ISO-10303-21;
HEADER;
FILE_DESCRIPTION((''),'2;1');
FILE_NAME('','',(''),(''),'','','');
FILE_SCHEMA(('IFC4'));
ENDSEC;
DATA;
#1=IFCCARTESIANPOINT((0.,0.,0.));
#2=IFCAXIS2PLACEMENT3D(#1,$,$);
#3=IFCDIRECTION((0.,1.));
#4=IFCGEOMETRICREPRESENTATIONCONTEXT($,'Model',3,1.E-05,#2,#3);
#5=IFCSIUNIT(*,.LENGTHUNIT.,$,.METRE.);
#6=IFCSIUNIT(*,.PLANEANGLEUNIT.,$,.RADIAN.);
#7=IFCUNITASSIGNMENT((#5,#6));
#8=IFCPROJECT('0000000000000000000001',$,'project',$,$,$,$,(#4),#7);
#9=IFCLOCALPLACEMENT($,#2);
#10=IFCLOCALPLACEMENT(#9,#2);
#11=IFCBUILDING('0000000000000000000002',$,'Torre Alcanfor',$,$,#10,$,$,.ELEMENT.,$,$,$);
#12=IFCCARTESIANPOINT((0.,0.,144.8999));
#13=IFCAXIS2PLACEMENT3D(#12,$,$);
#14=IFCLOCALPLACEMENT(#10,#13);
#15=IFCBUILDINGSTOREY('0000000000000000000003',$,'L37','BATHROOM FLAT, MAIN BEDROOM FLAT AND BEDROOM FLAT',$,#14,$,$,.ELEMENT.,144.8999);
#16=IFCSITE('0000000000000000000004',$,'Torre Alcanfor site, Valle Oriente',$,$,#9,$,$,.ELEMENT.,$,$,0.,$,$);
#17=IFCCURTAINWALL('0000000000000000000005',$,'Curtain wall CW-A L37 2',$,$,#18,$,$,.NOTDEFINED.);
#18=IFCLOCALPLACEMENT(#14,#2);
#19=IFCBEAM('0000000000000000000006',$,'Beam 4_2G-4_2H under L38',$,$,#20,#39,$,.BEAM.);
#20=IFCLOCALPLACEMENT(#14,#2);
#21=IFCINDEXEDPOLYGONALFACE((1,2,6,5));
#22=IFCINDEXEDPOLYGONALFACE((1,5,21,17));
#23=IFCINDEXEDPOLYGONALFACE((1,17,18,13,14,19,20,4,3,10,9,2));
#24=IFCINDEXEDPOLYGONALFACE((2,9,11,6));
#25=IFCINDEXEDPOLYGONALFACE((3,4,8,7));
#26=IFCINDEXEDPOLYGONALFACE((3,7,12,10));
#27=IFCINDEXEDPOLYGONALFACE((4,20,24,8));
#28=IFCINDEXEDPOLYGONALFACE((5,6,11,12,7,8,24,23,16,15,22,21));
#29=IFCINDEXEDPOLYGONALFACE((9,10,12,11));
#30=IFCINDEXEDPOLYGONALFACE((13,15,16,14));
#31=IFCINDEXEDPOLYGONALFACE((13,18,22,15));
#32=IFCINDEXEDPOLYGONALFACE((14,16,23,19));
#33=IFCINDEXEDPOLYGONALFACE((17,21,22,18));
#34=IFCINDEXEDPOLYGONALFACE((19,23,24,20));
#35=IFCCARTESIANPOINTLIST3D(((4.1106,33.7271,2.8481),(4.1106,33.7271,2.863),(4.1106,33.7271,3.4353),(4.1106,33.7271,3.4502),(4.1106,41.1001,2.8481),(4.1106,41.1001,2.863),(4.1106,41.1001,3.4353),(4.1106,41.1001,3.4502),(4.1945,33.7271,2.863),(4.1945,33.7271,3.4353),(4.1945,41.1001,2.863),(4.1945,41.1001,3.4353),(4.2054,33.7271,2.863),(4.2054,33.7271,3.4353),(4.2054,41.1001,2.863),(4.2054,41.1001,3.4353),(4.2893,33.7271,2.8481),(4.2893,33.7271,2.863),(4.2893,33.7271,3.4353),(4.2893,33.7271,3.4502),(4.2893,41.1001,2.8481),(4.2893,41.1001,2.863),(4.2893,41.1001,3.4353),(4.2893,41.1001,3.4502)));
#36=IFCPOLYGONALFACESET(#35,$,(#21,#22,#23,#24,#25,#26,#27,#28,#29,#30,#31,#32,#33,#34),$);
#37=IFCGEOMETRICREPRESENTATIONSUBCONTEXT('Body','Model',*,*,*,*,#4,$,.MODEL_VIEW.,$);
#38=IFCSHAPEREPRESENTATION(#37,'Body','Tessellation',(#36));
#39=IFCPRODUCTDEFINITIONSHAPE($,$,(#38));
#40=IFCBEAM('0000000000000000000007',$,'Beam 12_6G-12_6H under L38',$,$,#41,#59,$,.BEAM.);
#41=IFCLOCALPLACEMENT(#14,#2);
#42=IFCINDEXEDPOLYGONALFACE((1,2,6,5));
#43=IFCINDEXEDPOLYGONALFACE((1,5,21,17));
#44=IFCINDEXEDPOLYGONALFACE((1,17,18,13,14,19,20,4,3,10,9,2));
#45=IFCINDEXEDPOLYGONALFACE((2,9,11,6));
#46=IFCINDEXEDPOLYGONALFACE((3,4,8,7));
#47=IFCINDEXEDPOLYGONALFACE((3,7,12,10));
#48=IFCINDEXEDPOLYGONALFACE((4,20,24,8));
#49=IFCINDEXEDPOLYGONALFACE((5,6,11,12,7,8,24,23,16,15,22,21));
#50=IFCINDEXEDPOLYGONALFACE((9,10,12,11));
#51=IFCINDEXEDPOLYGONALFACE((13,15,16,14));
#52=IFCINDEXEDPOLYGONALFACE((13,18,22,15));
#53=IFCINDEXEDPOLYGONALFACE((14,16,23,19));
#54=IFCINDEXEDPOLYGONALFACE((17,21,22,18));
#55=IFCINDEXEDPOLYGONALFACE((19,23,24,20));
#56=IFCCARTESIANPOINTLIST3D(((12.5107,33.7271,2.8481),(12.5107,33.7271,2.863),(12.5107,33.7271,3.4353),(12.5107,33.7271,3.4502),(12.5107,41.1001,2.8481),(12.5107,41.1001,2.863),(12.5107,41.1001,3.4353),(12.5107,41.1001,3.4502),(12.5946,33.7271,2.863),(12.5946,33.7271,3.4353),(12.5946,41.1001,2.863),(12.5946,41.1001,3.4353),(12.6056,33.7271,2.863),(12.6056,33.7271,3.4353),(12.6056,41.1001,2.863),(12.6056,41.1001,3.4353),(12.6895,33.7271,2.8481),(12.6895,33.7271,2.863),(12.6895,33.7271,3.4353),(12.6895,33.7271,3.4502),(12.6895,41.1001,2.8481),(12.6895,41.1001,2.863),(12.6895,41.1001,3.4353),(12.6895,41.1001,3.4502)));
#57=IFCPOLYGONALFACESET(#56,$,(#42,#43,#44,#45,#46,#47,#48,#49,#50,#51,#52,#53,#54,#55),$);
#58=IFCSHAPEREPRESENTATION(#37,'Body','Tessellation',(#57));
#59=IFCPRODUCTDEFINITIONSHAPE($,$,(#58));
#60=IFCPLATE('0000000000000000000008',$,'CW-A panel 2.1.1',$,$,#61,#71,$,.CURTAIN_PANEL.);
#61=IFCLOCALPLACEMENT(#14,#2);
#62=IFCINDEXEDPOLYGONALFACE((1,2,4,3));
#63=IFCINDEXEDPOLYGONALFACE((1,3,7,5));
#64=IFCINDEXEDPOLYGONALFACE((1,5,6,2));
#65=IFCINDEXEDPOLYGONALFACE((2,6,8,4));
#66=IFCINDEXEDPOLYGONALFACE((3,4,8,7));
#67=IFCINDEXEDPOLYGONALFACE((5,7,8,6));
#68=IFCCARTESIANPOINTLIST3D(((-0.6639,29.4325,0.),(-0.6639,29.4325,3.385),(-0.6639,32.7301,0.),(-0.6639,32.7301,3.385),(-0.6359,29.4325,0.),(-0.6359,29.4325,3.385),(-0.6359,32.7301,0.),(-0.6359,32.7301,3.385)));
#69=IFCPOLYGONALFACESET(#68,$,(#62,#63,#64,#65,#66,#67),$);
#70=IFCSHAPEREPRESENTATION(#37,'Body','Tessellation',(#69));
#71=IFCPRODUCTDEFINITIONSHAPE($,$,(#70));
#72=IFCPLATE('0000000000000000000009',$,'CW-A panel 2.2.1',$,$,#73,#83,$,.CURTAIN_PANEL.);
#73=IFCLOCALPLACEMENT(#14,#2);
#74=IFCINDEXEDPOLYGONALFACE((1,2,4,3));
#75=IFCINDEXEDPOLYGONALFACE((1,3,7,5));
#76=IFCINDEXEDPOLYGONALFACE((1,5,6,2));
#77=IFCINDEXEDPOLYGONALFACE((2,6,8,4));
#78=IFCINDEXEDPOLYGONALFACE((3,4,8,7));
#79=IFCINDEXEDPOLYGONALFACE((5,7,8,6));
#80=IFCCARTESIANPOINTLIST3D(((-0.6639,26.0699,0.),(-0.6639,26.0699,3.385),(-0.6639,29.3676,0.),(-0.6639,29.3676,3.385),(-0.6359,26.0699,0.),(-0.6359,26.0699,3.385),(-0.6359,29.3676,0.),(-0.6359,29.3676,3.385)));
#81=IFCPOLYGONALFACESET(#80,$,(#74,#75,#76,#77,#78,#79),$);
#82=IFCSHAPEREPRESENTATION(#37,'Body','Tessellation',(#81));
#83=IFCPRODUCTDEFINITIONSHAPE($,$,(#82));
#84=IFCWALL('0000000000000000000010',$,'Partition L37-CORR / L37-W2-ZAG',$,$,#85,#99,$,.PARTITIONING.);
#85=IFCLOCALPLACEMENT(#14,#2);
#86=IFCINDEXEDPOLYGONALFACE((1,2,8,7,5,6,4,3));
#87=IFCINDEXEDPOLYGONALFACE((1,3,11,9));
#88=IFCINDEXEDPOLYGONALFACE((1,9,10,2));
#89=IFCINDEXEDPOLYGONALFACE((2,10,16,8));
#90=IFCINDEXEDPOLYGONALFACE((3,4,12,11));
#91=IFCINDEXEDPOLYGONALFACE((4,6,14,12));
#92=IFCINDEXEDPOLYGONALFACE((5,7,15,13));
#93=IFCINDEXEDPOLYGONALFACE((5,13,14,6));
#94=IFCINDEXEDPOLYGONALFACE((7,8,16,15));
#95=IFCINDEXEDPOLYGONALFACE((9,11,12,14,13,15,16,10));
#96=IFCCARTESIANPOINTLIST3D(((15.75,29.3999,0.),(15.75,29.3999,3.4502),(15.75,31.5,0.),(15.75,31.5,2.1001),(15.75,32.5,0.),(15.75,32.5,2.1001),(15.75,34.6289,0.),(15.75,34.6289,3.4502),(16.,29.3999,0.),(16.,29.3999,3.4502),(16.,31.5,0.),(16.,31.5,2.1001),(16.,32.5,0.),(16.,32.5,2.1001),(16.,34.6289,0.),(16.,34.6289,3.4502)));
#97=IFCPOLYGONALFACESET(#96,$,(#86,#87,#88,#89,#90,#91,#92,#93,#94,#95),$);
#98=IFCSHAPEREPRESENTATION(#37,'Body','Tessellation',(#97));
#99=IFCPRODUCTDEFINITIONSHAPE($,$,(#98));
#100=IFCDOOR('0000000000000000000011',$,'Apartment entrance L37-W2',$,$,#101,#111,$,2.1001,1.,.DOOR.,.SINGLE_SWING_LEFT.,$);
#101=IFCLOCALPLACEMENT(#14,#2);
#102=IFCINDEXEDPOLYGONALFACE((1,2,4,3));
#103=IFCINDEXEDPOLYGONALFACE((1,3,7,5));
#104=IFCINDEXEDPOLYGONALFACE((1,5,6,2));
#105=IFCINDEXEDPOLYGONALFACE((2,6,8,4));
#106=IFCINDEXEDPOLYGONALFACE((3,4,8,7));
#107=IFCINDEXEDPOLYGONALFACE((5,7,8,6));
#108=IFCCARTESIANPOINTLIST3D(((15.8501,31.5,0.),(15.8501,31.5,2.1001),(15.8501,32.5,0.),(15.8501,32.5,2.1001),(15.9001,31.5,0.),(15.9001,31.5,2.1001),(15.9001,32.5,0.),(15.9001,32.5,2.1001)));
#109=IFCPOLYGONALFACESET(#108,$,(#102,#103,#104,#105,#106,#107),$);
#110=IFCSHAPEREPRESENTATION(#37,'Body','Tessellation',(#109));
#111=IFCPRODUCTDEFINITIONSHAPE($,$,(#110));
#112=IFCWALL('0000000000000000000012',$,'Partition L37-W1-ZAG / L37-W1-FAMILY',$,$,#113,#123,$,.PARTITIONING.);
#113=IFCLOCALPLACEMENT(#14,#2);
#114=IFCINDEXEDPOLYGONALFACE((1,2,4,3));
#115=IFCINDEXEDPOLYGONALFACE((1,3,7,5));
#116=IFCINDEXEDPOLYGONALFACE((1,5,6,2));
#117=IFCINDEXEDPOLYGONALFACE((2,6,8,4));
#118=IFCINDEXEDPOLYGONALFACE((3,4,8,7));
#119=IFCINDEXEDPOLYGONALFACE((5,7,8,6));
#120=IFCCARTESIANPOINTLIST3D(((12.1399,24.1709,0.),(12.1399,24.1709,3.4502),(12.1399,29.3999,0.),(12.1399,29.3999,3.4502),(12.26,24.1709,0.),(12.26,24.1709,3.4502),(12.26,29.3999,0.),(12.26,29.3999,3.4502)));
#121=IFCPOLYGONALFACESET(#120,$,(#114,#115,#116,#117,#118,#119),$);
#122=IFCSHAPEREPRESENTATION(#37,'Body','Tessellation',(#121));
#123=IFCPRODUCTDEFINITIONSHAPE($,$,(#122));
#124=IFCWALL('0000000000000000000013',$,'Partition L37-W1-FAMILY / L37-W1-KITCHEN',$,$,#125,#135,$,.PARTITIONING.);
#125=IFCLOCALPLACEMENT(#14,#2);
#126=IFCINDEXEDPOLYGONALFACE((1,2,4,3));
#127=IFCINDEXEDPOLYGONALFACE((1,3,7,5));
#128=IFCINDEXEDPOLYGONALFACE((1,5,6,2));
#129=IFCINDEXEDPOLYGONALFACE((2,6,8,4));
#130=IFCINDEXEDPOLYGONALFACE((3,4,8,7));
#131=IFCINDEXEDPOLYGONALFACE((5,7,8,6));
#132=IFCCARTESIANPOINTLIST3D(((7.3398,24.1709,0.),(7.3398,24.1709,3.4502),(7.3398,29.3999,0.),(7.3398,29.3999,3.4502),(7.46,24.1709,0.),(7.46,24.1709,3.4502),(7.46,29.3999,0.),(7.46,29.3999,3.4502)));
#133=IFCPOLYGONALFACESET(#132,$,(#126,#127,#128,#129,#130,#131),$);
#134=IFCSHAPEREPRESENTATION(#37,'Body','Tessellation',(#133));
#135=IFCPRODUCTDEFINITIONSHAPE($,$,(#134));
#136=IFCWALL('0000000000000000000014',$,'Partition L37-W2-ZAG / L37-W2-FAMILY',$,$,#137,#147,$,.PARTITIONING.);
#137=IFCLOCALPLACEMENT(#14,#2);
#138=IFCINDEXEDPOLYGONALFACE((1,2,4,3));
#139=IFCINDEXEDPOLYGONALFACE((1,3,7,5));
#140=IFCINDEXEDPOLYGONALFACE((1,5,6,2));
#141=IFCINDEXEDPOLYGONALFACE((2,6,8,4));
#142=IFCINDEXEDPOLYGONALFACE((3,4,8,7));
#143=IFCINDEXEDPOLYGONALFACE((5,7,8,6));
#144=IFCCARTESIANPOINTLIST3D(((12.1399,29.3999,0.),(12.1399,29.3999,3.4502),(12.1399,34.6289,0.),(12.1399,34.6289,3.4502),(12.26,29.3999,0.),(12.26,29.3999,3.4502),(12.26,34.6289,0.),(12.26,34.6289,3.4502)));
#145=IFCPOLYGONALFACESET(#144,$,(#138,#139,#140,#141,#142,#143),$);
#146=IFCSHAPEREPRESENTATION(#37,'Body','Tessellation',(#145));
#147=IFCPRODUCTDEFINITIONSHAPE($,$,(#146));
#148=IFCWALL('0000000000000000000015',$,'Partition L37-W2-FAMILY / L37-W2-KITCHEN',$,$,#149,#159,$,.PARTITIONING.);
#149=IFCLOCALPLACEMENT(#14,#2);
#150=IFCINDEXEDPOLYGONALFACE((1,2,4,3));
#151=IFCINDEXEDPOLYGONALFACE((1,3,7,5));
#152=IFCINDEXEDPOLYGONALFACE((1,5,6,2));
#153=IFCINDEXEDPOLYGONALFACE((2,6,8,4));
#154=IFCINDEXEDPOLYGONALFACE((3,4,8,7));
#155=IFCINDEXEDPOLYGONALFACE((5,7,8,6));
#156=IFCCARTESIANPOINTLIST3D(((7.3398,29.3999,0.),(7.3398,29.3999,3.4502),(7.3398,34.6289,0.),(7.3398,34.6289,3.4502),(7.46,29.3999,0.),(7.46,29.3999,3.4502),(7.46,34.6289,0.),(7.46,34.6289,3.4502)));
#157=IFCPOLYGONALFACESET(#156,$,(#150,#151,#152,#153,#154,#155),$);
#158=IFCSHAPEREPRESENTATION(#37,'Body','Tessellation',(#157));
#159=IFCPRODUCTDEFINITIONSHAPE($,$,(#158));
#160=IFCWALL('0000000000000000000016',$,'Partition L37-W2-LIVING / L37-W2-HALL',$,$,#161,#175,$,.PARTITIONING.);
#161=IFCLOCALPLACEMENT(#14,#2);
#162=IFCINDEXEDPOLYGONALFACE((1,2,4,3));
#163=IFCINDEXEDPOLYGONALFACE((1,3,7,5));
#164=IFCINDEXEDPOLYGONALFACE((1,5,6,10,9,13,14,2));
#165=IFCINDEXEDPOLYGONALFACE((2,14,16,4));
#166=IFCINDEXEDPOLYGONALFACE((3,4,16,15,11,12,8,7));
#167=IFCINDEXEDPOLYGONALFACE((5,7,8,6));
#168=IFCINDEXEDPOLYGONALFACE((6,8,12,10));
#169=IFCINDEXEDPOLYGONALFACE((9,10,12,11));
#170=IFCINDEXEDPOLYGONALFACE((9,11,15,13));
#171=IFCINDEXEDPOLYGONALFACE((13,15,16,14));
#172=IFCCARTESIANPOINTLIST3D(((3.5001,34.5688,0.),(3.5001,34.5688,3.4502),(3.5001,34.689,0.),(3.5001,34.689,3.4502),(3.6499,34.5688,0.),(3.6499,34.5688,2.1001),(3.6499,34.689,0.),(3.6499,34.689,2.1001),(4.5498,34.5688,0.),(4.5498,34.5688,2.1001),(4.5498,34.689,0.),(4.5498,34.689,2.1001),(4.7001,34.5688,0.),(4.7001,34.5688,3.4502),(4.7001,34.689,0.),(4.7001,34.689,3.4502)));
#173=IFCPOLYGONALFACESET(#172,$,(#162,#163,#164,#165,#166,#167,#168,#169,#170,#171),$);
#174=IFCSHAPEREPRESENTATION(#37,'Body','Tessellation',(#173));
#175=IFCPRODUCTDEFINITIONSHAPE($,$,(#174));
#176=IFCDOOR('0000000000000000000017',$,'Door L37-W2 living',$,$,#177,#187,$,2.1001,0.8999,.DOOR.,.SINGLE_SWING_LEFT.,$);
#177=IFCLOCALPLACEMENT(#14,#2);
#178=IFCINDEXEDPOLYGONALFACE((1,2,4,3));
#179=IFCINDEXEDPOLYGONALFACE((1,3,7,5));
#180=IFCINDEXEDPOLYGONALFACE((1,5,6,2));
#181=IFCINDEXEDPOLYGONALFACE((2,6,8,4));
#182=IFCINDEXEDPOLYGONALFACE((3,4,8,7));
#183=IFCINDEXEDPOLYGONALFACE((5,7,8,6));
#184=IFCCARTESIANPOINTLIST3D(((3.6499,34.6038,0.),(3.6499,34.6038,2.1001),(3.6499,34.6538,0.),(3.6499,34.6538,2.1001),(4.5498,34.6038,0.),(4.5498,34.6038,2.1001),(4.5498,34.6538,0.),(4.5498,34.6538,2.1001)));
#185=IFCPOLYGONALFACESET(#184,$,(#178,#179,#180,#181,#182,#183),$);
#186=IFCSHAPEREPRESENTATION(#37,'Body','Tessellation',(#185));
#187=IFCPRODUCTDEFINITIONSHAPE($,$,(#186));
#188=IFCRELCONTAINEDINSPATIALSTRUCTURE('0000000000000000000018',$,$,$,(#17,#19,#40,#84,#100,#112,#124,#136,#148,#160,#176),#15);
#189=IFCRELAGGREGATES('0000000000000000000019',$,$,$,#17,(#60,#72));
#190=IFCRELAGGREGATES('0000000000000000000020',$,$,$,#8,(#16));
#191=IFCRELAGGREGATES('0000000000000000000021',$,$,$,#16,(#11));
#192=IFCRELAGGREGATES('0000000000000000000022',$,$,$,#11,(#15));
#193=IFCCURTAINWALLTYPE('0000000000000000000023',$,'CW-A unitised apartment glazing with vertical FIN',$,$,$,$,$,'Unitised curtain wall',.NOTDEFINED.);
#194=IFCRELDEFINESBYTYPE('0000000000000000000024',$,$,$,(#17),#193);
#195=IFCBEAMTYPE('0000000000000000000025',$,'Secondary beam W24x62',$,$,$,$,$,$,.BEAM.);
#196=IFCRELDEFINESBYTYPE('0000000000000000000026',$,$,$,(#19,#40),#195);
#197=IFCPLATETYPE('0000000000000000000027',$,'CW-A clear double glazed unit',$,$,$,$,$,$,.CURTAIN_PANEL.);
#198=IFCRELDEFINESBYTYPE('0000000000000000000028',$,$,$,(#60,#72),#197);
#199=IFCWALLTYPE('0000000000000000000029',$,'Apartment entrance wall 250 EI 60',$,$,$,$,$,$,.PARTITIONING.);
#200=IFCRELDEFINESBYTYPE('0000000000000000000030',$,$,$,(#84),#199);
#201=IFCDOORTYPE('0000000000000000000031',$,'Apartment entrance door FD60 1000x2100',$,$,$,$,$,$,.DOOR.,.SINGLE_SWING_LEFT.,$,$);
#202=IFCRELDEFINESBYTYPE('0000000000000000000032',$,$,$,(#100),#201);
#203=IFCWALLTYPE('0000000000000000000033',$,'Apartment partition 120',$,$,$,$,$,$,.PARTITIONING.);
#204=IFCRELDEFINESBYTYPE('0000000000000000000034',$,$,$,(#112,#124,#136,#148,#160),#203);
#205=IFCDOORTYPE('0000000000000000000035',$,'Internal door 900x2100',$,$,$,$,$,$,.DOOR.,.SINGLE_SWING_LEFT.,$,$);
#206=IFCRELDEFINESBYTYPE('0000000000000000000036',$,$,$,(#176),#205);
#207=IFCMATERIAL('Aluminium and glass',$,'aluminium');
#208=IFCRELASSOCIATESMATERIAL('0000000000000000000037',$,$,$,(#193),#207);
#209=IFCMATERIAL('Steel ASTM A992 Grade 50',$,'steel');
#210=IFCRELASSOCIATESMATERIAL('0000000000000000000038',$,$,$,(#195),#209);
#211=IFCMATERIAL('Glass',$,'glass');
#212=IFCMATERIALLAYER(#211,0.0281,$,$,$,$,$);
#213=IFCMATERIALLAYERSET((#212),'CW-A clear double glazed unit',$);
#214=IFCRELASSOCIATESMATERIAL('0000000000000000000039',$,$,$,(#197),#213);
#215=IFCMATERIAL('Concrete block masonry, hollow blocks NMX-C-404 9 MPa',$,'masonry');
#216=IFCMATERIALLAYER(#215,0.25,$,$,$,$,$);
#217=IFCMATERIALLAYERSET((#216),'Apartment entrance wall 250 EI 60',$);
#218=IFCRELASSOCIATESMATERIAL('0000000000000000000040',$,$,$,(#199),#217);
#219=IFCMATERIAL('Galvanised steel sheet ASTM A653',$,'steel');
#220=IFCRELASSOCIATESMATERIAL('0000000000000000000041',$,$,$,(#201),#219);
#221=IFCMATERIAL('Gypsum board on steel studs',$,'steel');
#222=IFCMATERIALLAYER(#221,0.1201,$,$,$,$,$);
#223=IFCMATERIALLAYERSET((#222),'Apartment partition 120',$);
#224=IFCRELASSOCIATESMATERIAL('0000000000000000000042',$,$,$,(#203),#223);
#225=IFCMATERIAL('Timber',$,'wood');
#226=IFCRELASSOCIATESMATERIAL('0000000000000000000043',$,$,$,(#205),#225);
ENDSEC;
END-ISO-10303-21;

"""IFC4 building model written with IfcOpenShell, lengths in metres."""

from ifc_helpers import new_model, si_unit, direction, frame, frame_2d, origin, origin_2d, place, context, subcontext, project, spatial, rectangle, i_section, extrude, material, layer, layer_set, material_profile, profile_set, type_object, element, fill, aggregate, save


model = new_model("IFC4")

# Units and contexts
model_context = context("Model", 3, precision=1e-05, world=origin(), true_north=direction((0.0, 1.0)))
body_context = subcontext(model_context, "Body", "Model", "MODEL_VIEW")
ifc_project = project(units=[si_unit("LENGTHUNIT", "METRE"), si_unit("PLANEANGLEUNIT", "RADIAN")], contexts=[model_context])

# Site, building, storey
site_placement = place(None, origin())
site = spatial("IfcSite", under=ifc_project, at=site_placement, Name="Torre Alcanfor site, Valle Oriente", CompositionType="ELEMENT", RefElevation=0.0)
building_placement = place(site_placement, origin())
building = spatial("IfcBuilding", under=site, at=building_placement, Name="Torre Alcanfor", CompositionType="ELEMENT")
storey_placement = place(building_placement, frame((0.0, 0.0, 144.8999)))
storey = spatial("IfcBuildingStorey", under=building, at=storey_placement, Name="L37", Description="BATHROOM FLAT, MAIN BEDROOM FLAT AND BEDROOM FLAT", CompositionType="ELEMENT", Elevation=144.8999)

# Curtain wall
ifc_material_1 = material(Name="Aluminium and glass", Category="aluminium")
curtain_wall_type = type_object("IfcCurtainWallType", Name="CW-A unitised apartment glazing with vertical FIN", ElementType="Unitised curtain wall", PredefinedType="NOTDEFINED", material=ifc_material_1)
curtain_wall_placement = place(storey_placement, origin())
curtain_wall = element("IfcCurtainWall", 1, at=curtain_wall_placement, inside=storey, type_object=curtain_wall_type, Name="Curtain wall CW-A L37 2", PredefinedType="NOTDEFINED")

# Beams
ifc_material_2 = material(Name="Steel ASTM A992 Grade 50", Category="steel")
ifc_material_profile_1 = material_profile(ifc_material_2, i_section(OverallWidth=0.1787, OverallDepth=0.6021, WebThickness=0.011, FlangeThickness=0.0149, at=origin_2d()), Name="W24x62")
ifc_profile_set_1 = profile_set([ifc_material_profile_1], Name="Steel ASTM A992 Grade 50")
beam_type_1 = type_object("IfcBeamType", Name="Secondary beam W24x62", PredefinedType="BEAM", material=ifc_profile_set_1)
for number, where, z_axis, x_axis, name in (
    (2, (4.2, 33.7271, 3.1492), (0.0, 1.0, 0.0), (-1.0, 0.0, 0.0), "Beam 4_2G-4_2H under L38"),
    (3, (12.6001, 33.7271, 3.1492), (0.0, 1.0, 0.0), (-1.0, 0.0, 0.0), "Beam 12_6G-12_6H under L38"),
):
    element("IfcBeam", number, at=place(storey_placement, frame(where, z_axis=z_axis, x_axis=x_axis)), inside=storey, type_object=beam_type_1, Name=name, PredefinedType="BEAM", context=body_context, shape_type="SweptSolid", body=[
        extrude(i_section(OverallWidth=0.1787, OverallDepth=0.6021, WebThickness=0.011, FlangeThickness=0.0149, at=origin_2d()), origin(), (0.0, 0.0, 1.0), 7.373),
    ])

# Plates
ifc_material_3 = material(Name="Glass", Category="glass")
ifc_layer_1 = layer(ifc_material_3, 0.0281)
ifc_layer_set_1 = layer_set([ifc_layer_1], Name="CW-A clear double glazed unit")
plate_type = type_object("IfcPlateType", Name="CW-A clear double glazed unit", PredefinedType="CURTAIN_PANEL", material=ifc_layer_set_1)
plate_1_placement = place(storey_placement, frame((-0.6499, 31.0813, 0.0), z_axis=(0.0, 0.0, 1.0), x_axis=(0.0, -1.0, 0.0)))
plate_1 = element("IfcPlate", 4, at=plate_1_placement, type_object=plate_type, Name="CW-A panel 2.1.1", PredefinedType="CURTAIN_PANEL", context=body_context, shape_type="SweptSolid", body=[
    extrude(rectangle(XDim=3.2976, YDim=0.0281, at=origin_2d()), origin(), (0.0, 0.0, 1.0), 3.385),
])
plate_2_placement = place(storey_placement, frame((-0.6499, 27.7188, 0.0), z_axis=(0.0, 0.0, 1.0), x_axis=(0.0, -1.0, 0.0)))
plate_2 = element("IfcPlate", 5, at=plate_2_placement, type_object=plate_type, Name="CW-A panel 2.2.1", PredefinedType="CURTAIN_PANEL", context=body_context, shape_type="SweptSolid", body=[
    extrude(rectangle(XDim=3.2976, YDim=0.0281, at=origin_2d()), origin(), (0.0, 0.0, 1.0), 3.385),
])
aggregate(curtain_wall, [plate_1, plate_2])

# Wall, opening, door
ifc_material_4 = material(Name="Concrete block masonry, hollow blocks NMX-C-404 9 MPa", Category="masonry")
ifc_layer_2 = layer(ifc_material_4, 0.25)
ifc_layer_set_2 = layer_set([ifc_layer_2], Name="Apartment entrance wall 250 EI 60")
wall_type_1 = type_object("IfcWallType", Name="Apartment entrance wall 250 EI 60", PredefinedType="PARTITIONING", material=ifc_layer_set_2)
wall_1_placement = place(storey_placement, frame((15.875, 29.3999, 0.0), z_axis=(0.0, 0.0, 1.0), x_axis=(0.0, 1.0, 0.0)))
wall_1 = element("IfcWall", 6, at=wall_1_placement, inside=storey, type_object=wall_type_1, Name="Partition L37-CORR / L37-W2-ZAG", PredefinedType="PARTITIONING", context=body_context, shape_type="SweptSolid", body=[
    extrude(rectangle(XDim=5.229, YDim=0.25, at=frame_2d((2.6145, 0.0))), origin(), (0.0, 0.0, 1.0), 3.4502),
])
opening_1_placement = place(wall_1_placement, frame((2.1001, 0.0, 0.0)))
opening_1 = element("IfcOpeningElement", 7, at=opening_1_placement, cuts=wall_1, PredefinedType="OPENING", context=body_context, shape_type="SweptSolid", body=[
    extrude(rectangle(XDim=1.0, YDim=2.1001, at=frame_2d((0.5, 1.05))), frame((0.0, 0.135, 0.0), z_axis=(0.0, -1.0, 0.0), x_axis=(1.0, 0.0, 0.0)), (0.0, 0.0, 1.0), 0.27),
])
ifc_material_5 = material(Name="Galvanised steel sheet ASTM A653", Category="steel")
door_type_1 = type_object("IfcDoorType", Name="Apartment entrance door FD60 1000x2100", OperationType="SINGLE_SWING_LEFT", PredefinedType="DOOR", material=ifc_material_5)
door_1_placement = place(opening_1_placement, origin())
door_1 = element("IfcDoor", 8, at=door_1_placement, inside=storey, type_object=door_type_1, Name="Apartment entrance L37-W2", OperationType="SINGLE_SWING_LEFT", OverallHeight=2.1001, OverallWidth=1.0, PredefinedType="DOOR", context=body_context, shape_type="SweptSolid", body=[
    extrude(rectangle(XDim=1.0, YDim=2.1001, at=frame_2d((0.5, 1.05))), frame((0.0, 0.0249, 0.0), z_axis=(0.0, -1.0, 0.0), x_axis=(1.0, 0.0, 0.0)), (0.0, 0.0, 1.0), 0.05),
])
fill(opening_1, door_1)

# Walls
ifc_material_6 = material(Name="Gypsum board on steel studs", Category="steel")
ifc_layer_3 = layer(ifc_material_6, 0.1201)
ifc_layer_set_3 = layer_set([ifc_layer_3], Name="Apartment partition 120")
wall_type_2 = type_object("IfcWallType", Name="Apartment partition 120", PredefinedType="PARTITIONING", material=ifc_layer_set_3)
for number, where, z_axis, x_axis, name in (
    (9, (12.2, 29.3999, 0.0), (0.0, 0.0, 1.0), (0.0, -1.0, 0.0), "Partition L37-W1-ZAG / L37-W1-FAMILY"),
    (10, (7.3999, 29.3999, 0.0), (0.0, 0.0, 1.0), (0.0, -1.0, 0.0), "Partition L37-W1-FAMILY / L37-W1-KITCHEN"),
    (11, (12.2, 29.3999, 0.0), (0.0, 0.0, 1.0), (0.0, 1.0, 0.0), "Partition L37-W2-ZAG / L37-W2-FAMILY"),
    (12, (7.3999, 29.3999, 0.0), (0.0, 0.0, 1.0), (0.0, 1.0, 0.0), "Partition L37-W2-FAMILY / L37-W2-KITCHEN"),
):
    element("IfcWall", number, at=place(storey_placement, frame(where, z_axis=z_axis, x_axis=x_axis)), inside=storey, type_object=wall_type_2, Name=name, PredefinedType="PARTITIONING", context=body_context, shape_type="SweptSolid", body=[
        extrude(rectangle(XDim=5.229, YDim=0.1201, at=frame_2d((2.6145, 0.0))), origin(), (0.0, 0.0, 1.0), 3.4502),
    ])

# Wall, opening, door
wall_2_placement = place(storey_placement, frame((3.5, 34.6289, 0.0), z_axis=(0.0, 0.0, 1.0), x_axis=(1.0, 0.0, 0.0)))
wall_2 = element("IfcWall", 13, at=wall_2_placement, inside=storey, type_object=wall_type_2, Name="Partition L37-W2-LIVING / L37-W2-HALL", PredefinedType="PARTITIONING", context=body_context, shape_type="SweptSolid", body=[
    extrude(rectangle(XDim=1.2, YDim=0.1201, at=frame_2d((0.6001, 0.0))), origin(), (0.0, 0.0, 1.0), 3.4502),
])
opening_2_placement = place(wall_2_placement, frame((0.1499, 0.0, 0.0)))
opening_2 = element("IfcOpeningElement", 14, at=opening_2_placement, cuts=wall_2, PredefinedType="OPENING", context=body_context, shape_type="SweptSolid", body=[
    extrude(rectangle(XDim=0.8999, YDim=2.1001, at=frame_2d((0.45, 1.05))), frame((0.0, 0.0701, 0.0), z_axis=(0.0, -1.0, 0.0), x_axis=(1.0, 0.0, 0.0)), (0.0, 0.0, 1.0), 0.1401),
])
ifc_material_7 = material(Name="Timber", Category="wood")
door_type_2 = type_object("IfcDoorType", Name="Internal door 900x2100", OperationType="SINGLE_SWING_LEFT", PredefinedType="DOOR", material=ifc_material_7)
door_2_placement = place(opening_2_placement, frame((0.8999, 0.0, 0.0), z_axis=(0.0, 0.0, 1.0), x_axis=(-1.0, 0.0, 0.0)))
door_2 = element("IfcDoor", 15, at=door_2_placement, inside=storey, type_object=door_type_2, Name="Door L37-W2 living", OperationType="SINGLE_SWING_LEFT", OverallHeight=2.1001, OverallWidth=0.8999, PredefinedType="DOOR", context=body_context, shape_type="SweptSolid", body=[
    extrude(rectangle(XDim=0.8999, YDim=2.1001, at=frame_2d((0.45, 1.05))), frame((0.0, 0.0251, 0.0), z_axis=(0.0, -1.0, 0.0), x_axis=(1.0, 0.0, 0.0)), (0.0, 0.0, 1.0), 0.05),
])
fill(opening_2, door_2)

save(model, "model.ifc")
